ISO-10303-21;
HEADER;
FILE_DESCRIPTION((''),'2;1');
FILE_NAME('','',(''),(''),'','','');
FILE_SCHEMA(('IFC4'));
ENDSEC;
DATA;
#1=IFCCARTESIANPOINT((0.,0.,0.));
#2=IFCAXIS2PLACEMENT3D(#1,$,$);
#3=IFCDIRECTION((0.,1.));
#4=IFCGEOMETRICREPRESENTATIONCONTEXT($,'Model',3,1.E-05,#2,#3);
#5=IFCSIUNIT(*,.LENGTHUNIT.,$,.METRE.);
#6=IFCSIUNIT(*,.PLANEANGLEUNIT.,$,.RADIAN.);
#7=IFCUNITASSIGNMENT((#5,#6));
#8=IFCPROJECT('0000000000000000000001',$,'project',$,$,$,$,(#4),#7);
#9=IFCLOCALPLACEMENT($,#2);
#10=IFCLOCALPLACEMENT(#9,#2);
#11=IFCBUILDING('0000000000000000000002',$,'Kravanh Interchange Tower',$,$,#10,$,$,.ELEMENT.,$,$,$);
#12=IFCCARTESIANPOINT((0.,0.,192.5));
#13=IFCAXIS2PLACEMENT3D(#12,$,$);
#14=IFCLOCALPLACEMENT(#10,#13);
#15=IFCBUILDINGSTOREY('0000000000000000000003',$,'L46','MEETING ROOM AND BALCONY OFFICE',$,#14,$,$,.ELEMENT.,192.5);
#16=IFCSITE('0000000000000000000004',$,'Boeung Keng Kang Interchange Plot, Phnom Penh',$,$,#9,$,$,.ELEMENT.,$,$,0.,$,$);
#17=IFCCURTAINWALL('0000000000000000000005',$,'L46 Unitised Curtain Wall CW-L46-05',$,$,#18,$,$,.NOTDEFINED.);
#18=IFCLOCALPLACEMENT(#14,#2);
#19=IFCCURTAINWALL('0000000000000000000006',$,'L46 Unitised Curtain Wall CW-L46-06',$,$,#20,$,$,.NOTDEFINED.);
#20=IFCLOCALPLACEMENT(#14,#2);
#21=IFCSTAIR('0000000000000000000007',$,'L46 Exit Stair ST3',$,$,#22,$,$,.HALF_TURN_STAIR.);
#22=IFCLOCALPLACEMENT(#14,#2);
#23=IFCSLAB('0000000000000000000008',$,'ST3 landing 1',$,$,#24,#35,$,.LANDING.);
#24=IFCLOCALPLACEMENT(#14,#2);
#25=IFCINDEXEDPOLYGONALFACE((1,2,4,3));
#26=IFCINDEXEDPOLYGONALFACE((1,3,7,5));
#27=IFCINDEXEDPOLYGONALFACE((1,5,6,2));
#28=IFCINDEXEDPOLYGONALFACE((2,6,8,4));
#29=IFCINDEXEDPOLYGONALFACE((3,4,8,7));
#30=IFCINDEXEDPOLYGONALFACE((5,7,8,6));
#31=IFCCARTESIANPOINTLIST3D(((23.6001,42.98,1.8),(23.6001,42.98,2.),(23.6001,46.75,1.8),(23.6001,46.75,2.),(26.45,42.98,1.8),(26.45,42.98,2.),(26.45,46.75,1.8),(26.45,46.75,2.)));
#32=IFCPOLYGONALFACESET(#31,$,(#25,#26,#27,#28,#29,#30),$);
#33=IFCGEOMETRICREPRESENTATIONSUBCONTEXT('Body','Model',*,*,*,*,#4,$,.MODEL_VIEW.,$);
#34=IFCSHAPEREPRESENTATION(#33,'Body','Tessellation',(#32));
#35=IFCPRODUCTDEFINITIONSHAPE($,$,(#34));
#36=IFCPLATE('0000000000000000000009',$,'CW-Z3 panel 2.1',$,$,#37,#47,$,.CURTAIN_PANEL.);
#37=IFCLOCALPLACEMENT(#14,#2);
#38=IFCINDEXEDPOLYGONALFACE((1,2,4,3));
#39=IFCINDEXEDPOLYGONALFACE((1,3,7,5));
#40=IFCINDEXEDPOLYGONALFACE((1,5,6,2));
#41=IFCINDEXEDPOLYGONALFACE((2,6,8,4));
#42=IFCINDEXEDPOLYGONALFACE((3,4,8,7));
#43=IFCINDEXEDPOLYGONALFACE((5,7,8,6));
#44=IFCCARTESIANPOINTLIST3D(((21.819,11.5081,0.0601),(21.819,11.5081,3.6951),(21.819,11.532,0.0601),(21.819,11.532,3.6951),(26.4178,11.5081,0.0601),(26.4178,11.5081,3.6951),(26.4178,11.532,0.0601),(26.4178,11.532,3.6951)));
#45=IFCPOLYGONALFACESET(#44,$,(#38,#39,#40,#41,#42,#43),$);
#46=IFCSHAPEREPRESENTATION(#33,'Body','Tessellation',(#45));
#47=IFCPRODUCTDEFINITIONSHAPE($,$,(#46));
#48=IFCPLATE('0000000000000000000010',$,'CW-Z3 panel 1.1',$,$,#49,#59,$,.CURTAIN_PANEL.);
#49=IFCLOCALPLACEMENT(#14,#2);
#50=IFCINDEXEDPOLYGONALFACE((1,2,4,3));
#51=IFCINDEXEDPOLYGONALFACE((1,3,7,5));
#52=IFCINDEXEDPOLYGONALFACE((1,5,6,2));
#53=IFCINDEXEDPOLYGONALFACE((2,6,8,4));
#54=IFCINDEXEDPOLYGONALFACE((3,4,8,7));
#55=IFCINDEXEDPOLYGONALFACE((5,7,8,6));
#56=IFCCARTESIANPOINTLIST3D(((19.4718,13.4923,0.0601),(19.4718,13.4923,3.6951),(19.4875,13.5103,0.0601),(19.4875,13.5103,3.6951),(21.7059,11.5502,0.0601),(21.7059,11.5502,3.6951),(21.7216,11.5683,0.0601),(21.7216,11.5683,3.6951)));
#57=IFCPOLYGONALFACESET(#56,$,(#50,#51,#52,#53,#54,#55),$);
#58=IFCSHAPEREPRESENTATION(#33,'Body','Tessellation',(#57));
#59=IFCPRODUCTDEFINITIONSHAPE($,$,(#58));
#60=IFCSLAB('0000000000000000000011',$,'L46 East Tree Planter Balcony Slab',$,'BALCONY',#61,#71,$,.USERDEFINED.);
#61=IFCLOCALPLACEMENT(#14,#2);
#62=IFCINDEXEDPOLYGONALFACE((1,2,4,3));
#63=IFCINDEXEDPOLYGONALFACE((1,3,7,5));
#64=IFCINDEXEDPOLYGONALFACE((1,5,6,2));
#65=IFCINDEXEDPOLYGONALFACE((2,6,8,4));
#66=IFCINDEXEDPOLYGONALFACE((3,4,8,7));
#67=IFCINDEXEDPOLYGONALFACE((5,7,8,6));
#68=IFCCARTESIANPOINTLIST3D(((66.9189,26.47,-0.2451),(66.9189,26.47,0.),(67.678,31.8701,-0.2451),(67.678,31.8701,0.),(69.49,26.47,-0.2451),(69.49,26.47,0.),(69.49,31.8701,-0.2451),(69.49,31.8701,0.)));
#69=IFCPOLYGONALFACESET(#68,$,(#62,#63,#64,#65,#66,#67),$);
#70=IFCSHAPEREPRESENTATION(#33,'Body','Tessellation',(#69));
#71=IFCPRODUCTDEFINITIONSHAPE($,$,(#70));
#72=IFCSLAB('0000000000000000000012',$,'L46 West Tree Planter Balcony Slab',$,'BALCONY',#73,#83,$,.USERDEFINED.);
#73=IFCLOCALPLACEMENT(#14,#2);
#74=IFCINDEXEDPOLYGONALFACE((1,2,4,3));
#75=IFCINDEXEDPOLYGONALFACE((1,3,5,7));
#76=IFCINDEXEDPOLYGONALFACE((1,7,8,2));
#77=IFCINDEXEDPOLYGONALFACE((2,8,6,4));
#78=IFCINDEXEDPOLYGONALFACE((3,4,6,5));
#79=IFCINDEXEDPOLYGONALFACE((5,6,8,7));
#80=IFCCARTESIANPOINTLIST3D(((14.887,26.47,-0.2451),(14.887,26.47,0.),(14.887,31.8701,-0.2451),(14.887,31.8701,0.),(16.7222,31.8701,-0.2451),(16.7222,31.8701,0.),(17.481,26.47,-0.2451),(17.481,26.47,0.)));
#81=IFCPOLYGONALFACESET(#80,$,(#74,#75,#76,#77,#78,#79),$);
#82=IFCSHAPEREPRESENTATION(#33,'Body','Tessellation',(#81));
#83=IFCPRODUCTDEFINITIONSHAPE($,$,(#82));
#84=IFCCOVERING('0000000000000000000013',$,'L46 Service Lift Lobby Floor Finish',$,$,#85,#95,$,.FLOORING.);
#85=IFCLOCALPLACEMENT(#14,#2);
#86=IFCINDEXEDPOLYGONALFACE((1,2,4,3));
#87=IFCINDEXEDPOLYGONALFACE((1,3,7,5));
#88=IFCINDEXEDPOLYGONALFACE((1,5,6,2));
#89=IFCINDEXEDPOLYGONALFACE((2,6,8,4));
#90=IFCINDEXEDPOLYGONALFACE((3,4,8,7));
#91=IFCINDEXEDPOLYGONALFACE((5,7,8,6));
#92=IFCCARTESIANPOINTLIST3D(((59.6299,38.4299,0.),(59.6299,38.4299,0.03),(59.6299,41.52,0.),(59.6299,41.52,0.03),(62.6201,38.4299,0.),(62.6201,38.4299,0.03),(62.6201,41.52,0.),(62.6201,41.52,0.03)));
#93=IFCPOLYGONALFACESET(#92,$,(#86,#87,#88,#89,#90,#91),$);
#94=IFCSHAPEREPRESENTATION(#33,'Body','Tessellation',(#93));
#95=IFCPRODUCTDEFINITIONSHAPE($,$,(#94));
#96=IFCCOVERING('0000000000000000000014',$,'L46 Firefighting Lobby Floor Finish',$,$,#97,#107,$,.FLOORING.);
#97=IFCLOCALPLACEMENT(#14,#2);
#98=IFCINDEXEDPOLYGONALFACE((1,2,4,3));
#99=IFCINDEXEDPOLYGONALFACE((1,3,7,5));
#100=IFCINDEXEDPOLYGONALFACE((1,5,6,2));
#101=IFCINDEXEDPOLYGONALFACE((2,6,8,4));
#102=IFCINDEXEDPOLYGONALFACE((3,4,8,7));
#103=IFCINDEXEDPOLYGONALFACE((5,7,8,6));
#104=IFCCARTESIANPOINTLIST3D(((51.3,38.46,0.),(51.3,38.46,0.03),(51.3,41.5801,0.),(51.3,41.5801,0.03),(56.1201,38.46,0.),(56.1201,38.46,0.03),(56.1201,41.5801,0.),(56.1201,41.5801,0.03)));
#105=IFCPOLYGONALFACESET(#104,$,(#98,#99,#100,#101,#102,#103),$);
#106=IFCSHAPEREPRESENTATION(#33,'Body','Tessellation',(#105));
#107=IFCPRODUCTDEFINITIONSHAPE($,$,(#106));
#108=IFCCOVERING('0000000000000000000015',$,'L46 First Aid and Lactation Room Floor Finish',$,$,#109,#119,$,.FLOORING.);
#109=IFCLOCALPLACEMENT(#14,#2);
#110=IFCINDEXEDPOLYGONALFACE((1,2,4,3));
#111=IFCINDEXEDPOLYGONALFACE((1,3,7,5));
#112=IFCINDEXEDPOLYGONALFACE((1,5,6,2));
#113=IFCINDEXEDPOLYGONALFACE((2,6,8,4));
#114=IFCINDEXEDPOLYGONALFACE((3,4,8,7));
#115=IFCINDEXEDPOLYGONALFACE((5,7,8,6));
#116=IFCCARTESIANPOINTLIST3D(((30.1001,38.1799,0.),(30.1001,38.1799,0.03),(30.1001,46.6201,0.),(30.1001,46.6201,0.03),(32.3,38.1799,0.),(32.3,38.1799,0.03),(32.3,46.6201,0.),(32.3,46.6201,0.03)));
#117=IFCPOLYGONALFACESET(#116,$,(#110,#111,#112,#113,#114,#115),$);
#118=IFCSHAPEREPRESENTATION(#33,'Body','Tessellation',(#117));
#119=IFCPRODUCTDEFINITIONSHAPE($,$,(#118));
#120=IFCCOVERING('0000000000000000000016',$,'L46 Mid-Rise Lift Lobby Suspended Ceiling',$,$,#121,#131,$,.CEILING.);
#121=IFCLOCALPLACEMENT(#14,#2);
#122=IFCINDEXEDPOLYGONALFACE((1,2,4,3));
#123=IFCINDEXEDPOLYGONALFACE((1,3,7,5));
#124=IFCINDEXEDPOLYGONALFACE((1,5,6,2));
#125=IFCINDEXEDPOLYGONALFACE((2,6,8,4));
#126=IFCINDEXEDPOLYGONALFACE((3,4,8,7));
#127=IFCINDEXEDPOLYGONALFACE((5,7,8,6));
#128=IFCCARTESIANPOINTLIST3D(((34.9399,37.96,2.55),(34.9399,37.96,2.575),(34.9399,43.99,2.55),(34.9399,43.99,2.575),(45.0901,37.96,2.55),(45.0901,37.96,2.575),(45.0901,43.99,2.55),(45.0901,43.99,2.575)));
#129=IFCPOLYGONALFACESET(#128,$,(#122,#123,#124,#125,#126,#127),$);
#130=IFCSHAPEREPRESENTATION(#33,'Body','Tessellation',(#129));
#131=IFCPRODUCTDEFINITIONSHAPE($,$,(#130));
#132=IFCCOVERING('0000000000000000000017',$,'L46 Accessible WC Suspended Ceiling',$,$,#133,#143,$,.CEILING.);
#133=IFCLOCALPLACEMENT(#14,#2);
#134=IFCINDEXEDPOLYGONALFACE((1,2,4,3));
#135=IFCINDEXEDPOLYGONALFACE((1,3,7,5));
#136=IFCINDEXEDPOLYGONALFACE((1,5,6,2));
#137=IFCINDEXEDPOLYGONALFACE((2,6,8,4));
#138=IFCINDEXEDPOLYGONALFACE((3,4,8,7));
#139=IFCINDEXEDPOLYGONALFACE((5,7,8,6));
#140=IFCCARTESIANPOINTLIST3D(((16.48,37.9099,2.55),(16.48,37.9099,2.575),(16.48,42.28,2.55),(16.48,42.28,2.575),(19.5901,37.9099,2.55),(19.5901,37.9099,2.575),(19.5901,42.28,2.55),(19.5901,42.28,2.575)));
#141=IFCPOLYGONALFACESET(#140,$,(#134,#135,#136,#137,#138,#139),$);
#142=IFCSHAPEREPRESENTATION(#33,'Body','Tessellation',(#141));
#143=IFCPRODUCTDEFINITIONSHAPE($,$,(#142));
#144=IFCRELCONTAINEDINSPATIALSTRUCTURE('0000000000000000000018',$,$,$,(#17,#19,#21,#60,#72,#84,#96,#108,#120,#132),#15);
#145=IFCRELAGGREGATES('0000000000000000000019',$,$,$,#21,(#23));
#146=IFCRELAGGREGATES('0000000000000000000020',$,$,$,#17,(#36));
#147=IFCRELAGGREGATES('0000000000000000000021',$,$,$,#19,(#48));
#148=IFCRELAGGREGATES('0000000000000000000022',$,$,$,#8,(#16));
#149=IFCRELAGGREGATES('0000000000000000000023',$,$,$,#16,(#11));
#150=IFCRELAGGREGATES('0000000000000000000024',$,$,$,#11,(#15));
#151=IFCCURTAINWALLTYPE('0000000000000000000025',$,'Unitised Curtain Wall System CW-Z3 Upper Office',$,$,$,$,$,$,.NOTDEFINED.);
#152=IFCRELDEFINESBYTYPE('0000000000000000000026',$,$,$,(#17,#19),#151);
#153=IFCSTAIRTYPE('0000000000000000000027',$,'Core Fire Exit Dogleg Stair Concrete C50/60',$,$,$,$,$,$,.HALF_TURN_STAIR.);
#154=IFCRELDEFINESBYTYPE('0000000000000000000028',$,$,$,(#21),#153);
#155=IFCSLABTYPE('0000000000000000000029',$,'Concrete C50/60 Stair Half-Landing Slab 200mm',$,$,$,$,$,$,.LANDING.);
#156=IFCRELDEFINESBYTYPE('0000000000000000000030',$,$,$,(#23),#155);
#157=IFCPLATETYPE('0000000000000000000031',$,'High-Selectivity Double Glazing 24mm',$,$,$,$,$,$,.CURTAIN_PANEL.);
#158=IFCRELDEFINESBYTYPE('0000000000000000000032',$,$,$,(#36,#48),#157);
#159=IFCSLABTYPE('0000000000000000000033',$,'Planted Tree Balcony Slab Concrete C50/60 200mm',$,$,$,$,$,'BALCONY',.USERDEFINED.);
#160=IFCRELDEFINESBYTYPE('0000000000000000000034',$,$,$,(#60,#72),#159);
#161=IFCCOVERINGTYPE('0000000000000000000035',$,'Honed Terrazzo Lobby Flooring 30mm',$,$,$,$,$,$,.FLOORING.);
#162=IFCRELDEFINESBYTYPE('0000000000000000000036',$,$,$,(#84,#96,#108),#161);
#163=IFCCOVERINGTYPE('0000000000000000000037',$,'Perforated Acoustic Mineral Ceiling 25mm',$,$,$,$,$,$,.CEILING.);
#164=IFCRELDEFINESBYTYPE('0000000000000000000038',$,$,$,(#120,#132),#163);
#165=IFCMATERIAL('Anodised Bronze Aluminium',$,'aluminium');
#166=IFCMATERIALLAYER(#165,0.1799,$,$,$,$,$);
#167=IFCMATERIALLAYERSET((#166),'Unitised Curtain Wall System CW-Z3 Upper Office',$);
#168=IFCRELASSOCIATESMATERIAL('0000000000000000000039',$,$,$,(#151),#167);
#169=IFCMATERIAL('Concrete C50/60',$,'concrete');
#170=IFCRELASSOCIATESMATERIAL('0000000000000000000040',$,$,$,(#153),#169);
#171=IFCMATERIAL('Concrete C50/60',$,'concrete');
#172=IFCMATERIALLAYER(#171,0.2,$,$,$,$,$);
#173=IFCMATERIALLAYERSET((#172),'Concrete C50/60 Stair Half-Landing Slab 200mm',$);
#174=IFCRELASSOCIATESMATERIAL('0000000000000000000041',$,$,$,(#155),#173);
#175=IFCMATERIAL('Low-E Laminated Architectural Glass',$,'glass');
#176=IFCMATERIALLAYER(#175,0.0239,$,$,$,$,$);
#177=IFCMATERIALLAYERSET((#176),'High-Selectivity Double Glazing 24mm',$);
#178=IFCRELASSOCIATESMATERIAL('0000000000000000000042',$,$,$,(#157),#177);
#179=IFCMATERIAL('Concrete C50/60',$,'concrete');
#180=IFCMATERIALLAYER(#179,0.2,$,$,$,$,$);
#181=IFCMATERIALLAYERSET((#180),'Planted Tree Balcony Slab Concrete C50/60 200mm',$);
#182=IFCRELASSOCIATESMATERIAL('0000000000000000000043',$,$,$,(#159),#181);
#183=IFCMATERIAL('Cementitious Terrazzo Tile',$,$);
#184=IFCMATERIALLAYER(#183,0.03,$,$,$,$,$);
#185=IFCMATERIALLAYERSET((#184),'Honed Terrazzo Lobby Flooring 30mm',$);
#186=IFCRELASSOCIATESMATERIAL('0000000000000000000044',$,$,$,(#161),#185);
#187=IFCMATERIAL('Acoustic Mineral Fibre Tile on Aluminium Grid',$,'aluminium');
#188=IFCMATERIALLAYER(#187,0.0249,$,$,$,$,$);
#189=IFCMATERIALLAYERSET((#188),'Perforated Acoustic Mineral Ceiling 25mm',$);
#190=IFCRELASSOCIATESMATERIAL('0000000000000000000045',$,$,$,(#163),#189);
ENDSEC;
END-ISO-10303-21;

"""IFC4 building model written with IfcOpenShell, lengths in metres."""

from ifc_helpers import new_model, si_unit, direction, frame, origin, origin_2d, place, context, subcontext, project, spatial, polyline, rectangle, outline, extrude, material, layer, layer_set, type_object, element, aggregate, save


model = new_model("IFC4")

# Units and contexts
model_context = context("Model", 3, precision=1e-05, world=origin(), true_north=direction((0.0, 1.0)))
body_context = subcontext(model_context, "Body", "Model", "MODEL_VIEW")
ifc_project = project(units=[si_unit("LENGTHUNIT", "METRE"), si_unit("PLANEANGLEUNIT", "RADIAN")], contexts=[model_context])

# Site, building, storey
site_placement = place(None, origin())
site = spatial("IfcSite", under=ifc_project, at=site_placement, Name="Boeung Keng Kang Interchange Plot, Phnom Penh", CompositionType="ELEMENT", RefElevation=0.0)
building_placement = place(site_placement, origin())
building = spatial("IfcBuilding", under=site, at=building_placement, Name="Kravanh Interchange Tower", CompositionType="ELEMENT")
storey_placement = place(building_placement, frame((0.0, 0.0, 192.5)))
storey = spatial("IfcBuildingStorey", under=building, at=storey_placement, Name="L46", Description="MEETING ROOM AND BALCONY OFFICE", CompositionType="ELEMENT", Elevation=192.5)

# Curtain wall
ifc_material_1 = material(Name="Anodised Bronze Aluminium", Category="aluminium")
ifc_layer_1 = layer(ifc_material_1, 0.1799)
ifc_layer_set_1 = layer_set([ifc_layer_1], Name="Unitised Curtain Wall System CW-Z3 Upper Office")
curtain_wall_type = type_object("IfcCurtainWallType", Name="Unitised Curtain Wall System CW-Z3 Upper Office", PredefinedType="NOTDEFINED", material=ifc_layer_set_1)
curtain_wall_1_placement = place(storey_placement, origin())
curtain_wall_1 = element("IfcCurtainWall", 1, at=curtain_wall_1_placement, inside=storey, type_object=curtain_wall_type, Name="L46 Unitised Curtain Wall CW-L46-05", PredefinedType="NOTDEFINED")

# Curtain wall
curtain_wall_2_placement = place(storey_placement, origin())
curtain_wall_2 = element("IfcCurtainWall", 2, at=curtain_wall_2_placement, inside=storey, type_object=curtain_wall_type, Name="L46 Unitised Curtain Wall CW-L46-06", PredefinedType="NOTDEFINED")

# Stair, slab
ifc_material_2 = material(Name="Concrete C50/60", Category="concrete")
stair_type = type_object("IfcStairType", Name="Core Fire Exit Dogleg Stair Concrete C50/60", PredefinedType="HALF_TURN_STAIR", material=ifc_material_2)
ifc_material_3 = material(Name="Concrete C50/60", Category="concrete")
ifc_layer_2 = layer(ifc_material_3, 0.2)
ifc_layer_set_2 = layer_set([ifc_layer_2], Name="Concrete C50/60 Stair Half-Landing Slab 200mm")
slab_type_1 = type_object("IfcSlabType", Name="Concrete C50/60 Stair Half-Landing Slab 200mm", PredefinedType="LANDING", material=ifc_layer_set_2)
stair_1_placement = place(storey_placement, origin())
stair_1 = element("IfcStair", 3, at=stair_1_placement, inside=storey, type_object=stair_type, Name="L46 Exit Stair ST3", PredefinedType="HALF_TURN_STAIR")
slab_1_placement = place(storey_placement, frame((0.0, 0.0, 1.8)))
slab_1 = element("IfcSlab", 4, at=slab_1_placement, type_object=slab_type_1, Name="ST3 landing 1", PredefinedType="LANDING", context=body_context, shape_type="SweptSolid", body=[
    extrude(outline(polyline([(26.45, 42.98), (26.45, 46.75), (23.6001, 46.75), (23.6001, 42.98), (26.45, 42.98)])), origin(), (0.0, 0.0, 1.0), 0.2),
])
aggregate(stair_1, [slab_1])

# Plates
ifc_material_4 = material(Name="Low-E Laminated Architectural Glass", Category="glass")
ifc_layer_3 = layer(ifc_material_4, 0.0239)
ifc_layer_set_3 = layer_set([ifc_layer_3], Name="High-Selectivity Double Glazing 24mm")
plate_type = type_object("IfcPlateType", Name="High-Selectivity Double Glazing 24mm", PredefinedType="CURTAIN_PANEL", material=ifc_layer_set_3)
plate_1_placement = place(storey_placement, frame((24.1184, 11.52, 0.0601), z_axis=(0.0, 0.0, 1.0), x_axis=(-1.0, 0.0, 0.0)))
plate_1 = element("IfcPlate", 5, at=plate_1_placement, type_object=plate_type, Name="CW-Z3 panel 2.1", PredefinedType="CURTAIN_PANEL", context=body_context, shape_type="SweptSolid", body=[
    extrude(rectangle(XDim=4.5989, YDim=0.0239, at=origin_2d()), origin(), (0.0, 0.0, 1.0), 3.635),
])
aggregate(curtain_wall_1, [plate_1])
plate_2_placement = place(storey_placement, frame((20.5967, 12.5303, 0.0601), z_axis=(0.0, 0.0, 1.0), x_axis=(-0.754717, 0.656051, 0.0)))
plate_2 = element("IfcPlate", 6, at=plate_2_placement, type_object=plate_type, Name="CW-Z3 panel 1.1", PredefinedType="CURTAIN_PANEL", context=body_context, shape_type="SweptSolid", body=[
    extrude(rectangle(XDim=2.9602, YDim=0.0239, at=origin_2d()), origin(), (0.0, 0.0, 1.0), 3.635),
])
aggregate(curtain_wall_2, [plate_2])

# Slabs
ifc_material_5 = material(Name="Concrete C50/60", Category="concrete")
ifc_layer_4 = layer(ifc_material_5, 0.2)
ifc_layer_set_4 = layer_set([ifc_layer_4], Name="Planted Tree Balcony Slab Concrete C50/60 200mm")
slab_type_2 = type_object("IfcSlabType", Name="Planted Tree Balcony Slab Concrete C50/60 200mm", ElementType="BALCONY", PredefinedType="USERDEFINED", material=ifc_layer_set_4)
slab_2_placement = place(storey_placement, frame((0.0, 0.0, -0.2451)))
element("IfcSlab", 7, at=slab_2_placement, inside=storey, type_object=slab_type_2, Name="L46 East Tree Planter Balcony Slab", ObjectType="BALCONY", PredefinedType="USERDEFINED", context=body_context, shape_type="SweptSolid", body=[
    extrude(outline(polyline([(69.49, 31.8701), (69.49, 26.47), (66.9189, 26.47), (67.678, 31.8701), (69.49, 31.8701)])), origin(), (0.0, 0.0, 1.0), 0.2451),
])
slab_3_placement = place(storey_placement, frame((0.0, 0.0, -0.2451)))
element("IfcSlab", 8, at=slab_3_placement, inside=storey, type_object=slab_type_2, Name="L46 West Tree Planter Balcony Slab", ObjectType="BALCONY", PredefinedType="USERDEFINED", context=body_context, shape_type="SweptSolid", body=[
    extrude(outline(polyline([(14.887, 26.47), (14.887, 31.8701), (16.7222, 31.8701), (17.481, 26.47), (14.887, 26.47)])), origin(), (0.0, 0.0, 1.0), 0.2451),
])

# Coverings
ifc_material_6 = material(Name="Cementitious Terrazzo Tile")
ifc_layer_5 = layer(ifc_material_6, 0.03)
ifc_layer_set_5 = layer_set([ifc_layer_5], Name="Honed Terrazzo Lobby Flooring 30mm")
covering_type_1 = type_object("IfcCoveringType", Name="Honed Terrazzo Lobby Flooring 30mm", PredefinedType="FLOORING", material=ifc_layer_set_5)
covering_1_placement = place(storey_placement, origin())
element("IfcCovering", 9, at=covering_1_placement, inside=storey, type_object=covering_type_1, Name="L46 Service Lift Lobby Floor Finish", PredefinedType="FLOORING", context=body_context, shape_type="SweptSolid", body=[
    extrude(outline(polyline([(59.6299, 41.52), (62.6201, 41.52), (62.6201, 38.4299), (59.6299, 38.4299), (59.6299, 41.52)])), origin(), (0.0, 0.0, 1.0), 0.03),
])
covering_2_placement = place(storey_placement, origin())
element("IfcCovering", 10, at=covering_2_placement, inside=storey, type_object=covering_type_1, Name="L46 Firefighting Lobby Floor Finish", PredefinedType="FLOORING", context=body_context, shape_type="SweptSolid", body=[
    extrude(outline(polyline([(56.1201, 38.46), (51.3, 38.46), (51.3, 41.5801), (56.1201, 41.5801), (56.1201, 38.46)])), origin(), (0.0, 0.0, 1.0), 0.03),
])
covering_3_placement = place(storey_placement, origin())
element("IfcCovering", 11, at=covering_3_placement, inside=storey, type_object=covering_type_1, Name="L46 First Aid and Lactation Room Floor Finish", PredefinedType="FLOORING", context=body_context, shape_type="SweptSolid", body=[
    extrude(outline(polyline([(30.1001, 46.6201), (32.3, 46.6201), (32.3, 38.1799), (30.1001, 38.1799), (30.1001, 46.6201)])), origin(), (0.0, 0.0, 1.0), 0.03),
])
ifc_material_7 = material(Name="Acoustic Mineral Fibre Tile on Aluminium Grid", Category="aluminium")
ifc_layer_6 = layer(ifc_material_7, 0.0249)
ifc_layer_set_6 = layer_set([ifc_layer_6], Name="Perforated Acoustic Mineral Ceiling 25mm")
covering_type_2 = type_object("IfcCoveringType", Name="Perforated Acoustic Mineral Ceiling 25mm", PredefinedType="CEILING", material=ifc_layer_set_6)
covering_4_placement = place(storey_placement, frame((0.0, 0.0, 2.55)))
element("IfcCovering", 12, at=covering_4_placement, inside=storey, type_object=covering_type_2, Name="L46 Mid-Rise Lift Lobby Suspended Ceiling", PredefinedType="CEILING", context=body_context, shape_type="SweptSolid", body=[
    extrude(outline(polyline([(45.0901, 37.96), (34.9399, 37.96), (34.9399, 43.99), (45.0901, 43.99), (45.0901, 37.96)])), origin(), (0.0, 0.0, 1.0), 0.0249),
])
covering_5_placement = place(storey_placement, frame((0.0, 0.0, 2.55)))
element("IfcCovering", 13, at=covering_5_placement, inside=storey, type_object=covering_type_2, Name="L46 Accessible WC Suspended Ceiling", PredefinedType="CEILING", context=body_context, shape_type="SweptSolid", body=[
    extrude(outline(polyline([(19.5901, 42.28), (19.5901, 37.9099), (16.48, 37.9099), (16.48, 42.28), (19.5901, 42.28)])), origin(), (0.0, 0.0, 1.0), 0.0249),
])

save(model, "model.ifc")
